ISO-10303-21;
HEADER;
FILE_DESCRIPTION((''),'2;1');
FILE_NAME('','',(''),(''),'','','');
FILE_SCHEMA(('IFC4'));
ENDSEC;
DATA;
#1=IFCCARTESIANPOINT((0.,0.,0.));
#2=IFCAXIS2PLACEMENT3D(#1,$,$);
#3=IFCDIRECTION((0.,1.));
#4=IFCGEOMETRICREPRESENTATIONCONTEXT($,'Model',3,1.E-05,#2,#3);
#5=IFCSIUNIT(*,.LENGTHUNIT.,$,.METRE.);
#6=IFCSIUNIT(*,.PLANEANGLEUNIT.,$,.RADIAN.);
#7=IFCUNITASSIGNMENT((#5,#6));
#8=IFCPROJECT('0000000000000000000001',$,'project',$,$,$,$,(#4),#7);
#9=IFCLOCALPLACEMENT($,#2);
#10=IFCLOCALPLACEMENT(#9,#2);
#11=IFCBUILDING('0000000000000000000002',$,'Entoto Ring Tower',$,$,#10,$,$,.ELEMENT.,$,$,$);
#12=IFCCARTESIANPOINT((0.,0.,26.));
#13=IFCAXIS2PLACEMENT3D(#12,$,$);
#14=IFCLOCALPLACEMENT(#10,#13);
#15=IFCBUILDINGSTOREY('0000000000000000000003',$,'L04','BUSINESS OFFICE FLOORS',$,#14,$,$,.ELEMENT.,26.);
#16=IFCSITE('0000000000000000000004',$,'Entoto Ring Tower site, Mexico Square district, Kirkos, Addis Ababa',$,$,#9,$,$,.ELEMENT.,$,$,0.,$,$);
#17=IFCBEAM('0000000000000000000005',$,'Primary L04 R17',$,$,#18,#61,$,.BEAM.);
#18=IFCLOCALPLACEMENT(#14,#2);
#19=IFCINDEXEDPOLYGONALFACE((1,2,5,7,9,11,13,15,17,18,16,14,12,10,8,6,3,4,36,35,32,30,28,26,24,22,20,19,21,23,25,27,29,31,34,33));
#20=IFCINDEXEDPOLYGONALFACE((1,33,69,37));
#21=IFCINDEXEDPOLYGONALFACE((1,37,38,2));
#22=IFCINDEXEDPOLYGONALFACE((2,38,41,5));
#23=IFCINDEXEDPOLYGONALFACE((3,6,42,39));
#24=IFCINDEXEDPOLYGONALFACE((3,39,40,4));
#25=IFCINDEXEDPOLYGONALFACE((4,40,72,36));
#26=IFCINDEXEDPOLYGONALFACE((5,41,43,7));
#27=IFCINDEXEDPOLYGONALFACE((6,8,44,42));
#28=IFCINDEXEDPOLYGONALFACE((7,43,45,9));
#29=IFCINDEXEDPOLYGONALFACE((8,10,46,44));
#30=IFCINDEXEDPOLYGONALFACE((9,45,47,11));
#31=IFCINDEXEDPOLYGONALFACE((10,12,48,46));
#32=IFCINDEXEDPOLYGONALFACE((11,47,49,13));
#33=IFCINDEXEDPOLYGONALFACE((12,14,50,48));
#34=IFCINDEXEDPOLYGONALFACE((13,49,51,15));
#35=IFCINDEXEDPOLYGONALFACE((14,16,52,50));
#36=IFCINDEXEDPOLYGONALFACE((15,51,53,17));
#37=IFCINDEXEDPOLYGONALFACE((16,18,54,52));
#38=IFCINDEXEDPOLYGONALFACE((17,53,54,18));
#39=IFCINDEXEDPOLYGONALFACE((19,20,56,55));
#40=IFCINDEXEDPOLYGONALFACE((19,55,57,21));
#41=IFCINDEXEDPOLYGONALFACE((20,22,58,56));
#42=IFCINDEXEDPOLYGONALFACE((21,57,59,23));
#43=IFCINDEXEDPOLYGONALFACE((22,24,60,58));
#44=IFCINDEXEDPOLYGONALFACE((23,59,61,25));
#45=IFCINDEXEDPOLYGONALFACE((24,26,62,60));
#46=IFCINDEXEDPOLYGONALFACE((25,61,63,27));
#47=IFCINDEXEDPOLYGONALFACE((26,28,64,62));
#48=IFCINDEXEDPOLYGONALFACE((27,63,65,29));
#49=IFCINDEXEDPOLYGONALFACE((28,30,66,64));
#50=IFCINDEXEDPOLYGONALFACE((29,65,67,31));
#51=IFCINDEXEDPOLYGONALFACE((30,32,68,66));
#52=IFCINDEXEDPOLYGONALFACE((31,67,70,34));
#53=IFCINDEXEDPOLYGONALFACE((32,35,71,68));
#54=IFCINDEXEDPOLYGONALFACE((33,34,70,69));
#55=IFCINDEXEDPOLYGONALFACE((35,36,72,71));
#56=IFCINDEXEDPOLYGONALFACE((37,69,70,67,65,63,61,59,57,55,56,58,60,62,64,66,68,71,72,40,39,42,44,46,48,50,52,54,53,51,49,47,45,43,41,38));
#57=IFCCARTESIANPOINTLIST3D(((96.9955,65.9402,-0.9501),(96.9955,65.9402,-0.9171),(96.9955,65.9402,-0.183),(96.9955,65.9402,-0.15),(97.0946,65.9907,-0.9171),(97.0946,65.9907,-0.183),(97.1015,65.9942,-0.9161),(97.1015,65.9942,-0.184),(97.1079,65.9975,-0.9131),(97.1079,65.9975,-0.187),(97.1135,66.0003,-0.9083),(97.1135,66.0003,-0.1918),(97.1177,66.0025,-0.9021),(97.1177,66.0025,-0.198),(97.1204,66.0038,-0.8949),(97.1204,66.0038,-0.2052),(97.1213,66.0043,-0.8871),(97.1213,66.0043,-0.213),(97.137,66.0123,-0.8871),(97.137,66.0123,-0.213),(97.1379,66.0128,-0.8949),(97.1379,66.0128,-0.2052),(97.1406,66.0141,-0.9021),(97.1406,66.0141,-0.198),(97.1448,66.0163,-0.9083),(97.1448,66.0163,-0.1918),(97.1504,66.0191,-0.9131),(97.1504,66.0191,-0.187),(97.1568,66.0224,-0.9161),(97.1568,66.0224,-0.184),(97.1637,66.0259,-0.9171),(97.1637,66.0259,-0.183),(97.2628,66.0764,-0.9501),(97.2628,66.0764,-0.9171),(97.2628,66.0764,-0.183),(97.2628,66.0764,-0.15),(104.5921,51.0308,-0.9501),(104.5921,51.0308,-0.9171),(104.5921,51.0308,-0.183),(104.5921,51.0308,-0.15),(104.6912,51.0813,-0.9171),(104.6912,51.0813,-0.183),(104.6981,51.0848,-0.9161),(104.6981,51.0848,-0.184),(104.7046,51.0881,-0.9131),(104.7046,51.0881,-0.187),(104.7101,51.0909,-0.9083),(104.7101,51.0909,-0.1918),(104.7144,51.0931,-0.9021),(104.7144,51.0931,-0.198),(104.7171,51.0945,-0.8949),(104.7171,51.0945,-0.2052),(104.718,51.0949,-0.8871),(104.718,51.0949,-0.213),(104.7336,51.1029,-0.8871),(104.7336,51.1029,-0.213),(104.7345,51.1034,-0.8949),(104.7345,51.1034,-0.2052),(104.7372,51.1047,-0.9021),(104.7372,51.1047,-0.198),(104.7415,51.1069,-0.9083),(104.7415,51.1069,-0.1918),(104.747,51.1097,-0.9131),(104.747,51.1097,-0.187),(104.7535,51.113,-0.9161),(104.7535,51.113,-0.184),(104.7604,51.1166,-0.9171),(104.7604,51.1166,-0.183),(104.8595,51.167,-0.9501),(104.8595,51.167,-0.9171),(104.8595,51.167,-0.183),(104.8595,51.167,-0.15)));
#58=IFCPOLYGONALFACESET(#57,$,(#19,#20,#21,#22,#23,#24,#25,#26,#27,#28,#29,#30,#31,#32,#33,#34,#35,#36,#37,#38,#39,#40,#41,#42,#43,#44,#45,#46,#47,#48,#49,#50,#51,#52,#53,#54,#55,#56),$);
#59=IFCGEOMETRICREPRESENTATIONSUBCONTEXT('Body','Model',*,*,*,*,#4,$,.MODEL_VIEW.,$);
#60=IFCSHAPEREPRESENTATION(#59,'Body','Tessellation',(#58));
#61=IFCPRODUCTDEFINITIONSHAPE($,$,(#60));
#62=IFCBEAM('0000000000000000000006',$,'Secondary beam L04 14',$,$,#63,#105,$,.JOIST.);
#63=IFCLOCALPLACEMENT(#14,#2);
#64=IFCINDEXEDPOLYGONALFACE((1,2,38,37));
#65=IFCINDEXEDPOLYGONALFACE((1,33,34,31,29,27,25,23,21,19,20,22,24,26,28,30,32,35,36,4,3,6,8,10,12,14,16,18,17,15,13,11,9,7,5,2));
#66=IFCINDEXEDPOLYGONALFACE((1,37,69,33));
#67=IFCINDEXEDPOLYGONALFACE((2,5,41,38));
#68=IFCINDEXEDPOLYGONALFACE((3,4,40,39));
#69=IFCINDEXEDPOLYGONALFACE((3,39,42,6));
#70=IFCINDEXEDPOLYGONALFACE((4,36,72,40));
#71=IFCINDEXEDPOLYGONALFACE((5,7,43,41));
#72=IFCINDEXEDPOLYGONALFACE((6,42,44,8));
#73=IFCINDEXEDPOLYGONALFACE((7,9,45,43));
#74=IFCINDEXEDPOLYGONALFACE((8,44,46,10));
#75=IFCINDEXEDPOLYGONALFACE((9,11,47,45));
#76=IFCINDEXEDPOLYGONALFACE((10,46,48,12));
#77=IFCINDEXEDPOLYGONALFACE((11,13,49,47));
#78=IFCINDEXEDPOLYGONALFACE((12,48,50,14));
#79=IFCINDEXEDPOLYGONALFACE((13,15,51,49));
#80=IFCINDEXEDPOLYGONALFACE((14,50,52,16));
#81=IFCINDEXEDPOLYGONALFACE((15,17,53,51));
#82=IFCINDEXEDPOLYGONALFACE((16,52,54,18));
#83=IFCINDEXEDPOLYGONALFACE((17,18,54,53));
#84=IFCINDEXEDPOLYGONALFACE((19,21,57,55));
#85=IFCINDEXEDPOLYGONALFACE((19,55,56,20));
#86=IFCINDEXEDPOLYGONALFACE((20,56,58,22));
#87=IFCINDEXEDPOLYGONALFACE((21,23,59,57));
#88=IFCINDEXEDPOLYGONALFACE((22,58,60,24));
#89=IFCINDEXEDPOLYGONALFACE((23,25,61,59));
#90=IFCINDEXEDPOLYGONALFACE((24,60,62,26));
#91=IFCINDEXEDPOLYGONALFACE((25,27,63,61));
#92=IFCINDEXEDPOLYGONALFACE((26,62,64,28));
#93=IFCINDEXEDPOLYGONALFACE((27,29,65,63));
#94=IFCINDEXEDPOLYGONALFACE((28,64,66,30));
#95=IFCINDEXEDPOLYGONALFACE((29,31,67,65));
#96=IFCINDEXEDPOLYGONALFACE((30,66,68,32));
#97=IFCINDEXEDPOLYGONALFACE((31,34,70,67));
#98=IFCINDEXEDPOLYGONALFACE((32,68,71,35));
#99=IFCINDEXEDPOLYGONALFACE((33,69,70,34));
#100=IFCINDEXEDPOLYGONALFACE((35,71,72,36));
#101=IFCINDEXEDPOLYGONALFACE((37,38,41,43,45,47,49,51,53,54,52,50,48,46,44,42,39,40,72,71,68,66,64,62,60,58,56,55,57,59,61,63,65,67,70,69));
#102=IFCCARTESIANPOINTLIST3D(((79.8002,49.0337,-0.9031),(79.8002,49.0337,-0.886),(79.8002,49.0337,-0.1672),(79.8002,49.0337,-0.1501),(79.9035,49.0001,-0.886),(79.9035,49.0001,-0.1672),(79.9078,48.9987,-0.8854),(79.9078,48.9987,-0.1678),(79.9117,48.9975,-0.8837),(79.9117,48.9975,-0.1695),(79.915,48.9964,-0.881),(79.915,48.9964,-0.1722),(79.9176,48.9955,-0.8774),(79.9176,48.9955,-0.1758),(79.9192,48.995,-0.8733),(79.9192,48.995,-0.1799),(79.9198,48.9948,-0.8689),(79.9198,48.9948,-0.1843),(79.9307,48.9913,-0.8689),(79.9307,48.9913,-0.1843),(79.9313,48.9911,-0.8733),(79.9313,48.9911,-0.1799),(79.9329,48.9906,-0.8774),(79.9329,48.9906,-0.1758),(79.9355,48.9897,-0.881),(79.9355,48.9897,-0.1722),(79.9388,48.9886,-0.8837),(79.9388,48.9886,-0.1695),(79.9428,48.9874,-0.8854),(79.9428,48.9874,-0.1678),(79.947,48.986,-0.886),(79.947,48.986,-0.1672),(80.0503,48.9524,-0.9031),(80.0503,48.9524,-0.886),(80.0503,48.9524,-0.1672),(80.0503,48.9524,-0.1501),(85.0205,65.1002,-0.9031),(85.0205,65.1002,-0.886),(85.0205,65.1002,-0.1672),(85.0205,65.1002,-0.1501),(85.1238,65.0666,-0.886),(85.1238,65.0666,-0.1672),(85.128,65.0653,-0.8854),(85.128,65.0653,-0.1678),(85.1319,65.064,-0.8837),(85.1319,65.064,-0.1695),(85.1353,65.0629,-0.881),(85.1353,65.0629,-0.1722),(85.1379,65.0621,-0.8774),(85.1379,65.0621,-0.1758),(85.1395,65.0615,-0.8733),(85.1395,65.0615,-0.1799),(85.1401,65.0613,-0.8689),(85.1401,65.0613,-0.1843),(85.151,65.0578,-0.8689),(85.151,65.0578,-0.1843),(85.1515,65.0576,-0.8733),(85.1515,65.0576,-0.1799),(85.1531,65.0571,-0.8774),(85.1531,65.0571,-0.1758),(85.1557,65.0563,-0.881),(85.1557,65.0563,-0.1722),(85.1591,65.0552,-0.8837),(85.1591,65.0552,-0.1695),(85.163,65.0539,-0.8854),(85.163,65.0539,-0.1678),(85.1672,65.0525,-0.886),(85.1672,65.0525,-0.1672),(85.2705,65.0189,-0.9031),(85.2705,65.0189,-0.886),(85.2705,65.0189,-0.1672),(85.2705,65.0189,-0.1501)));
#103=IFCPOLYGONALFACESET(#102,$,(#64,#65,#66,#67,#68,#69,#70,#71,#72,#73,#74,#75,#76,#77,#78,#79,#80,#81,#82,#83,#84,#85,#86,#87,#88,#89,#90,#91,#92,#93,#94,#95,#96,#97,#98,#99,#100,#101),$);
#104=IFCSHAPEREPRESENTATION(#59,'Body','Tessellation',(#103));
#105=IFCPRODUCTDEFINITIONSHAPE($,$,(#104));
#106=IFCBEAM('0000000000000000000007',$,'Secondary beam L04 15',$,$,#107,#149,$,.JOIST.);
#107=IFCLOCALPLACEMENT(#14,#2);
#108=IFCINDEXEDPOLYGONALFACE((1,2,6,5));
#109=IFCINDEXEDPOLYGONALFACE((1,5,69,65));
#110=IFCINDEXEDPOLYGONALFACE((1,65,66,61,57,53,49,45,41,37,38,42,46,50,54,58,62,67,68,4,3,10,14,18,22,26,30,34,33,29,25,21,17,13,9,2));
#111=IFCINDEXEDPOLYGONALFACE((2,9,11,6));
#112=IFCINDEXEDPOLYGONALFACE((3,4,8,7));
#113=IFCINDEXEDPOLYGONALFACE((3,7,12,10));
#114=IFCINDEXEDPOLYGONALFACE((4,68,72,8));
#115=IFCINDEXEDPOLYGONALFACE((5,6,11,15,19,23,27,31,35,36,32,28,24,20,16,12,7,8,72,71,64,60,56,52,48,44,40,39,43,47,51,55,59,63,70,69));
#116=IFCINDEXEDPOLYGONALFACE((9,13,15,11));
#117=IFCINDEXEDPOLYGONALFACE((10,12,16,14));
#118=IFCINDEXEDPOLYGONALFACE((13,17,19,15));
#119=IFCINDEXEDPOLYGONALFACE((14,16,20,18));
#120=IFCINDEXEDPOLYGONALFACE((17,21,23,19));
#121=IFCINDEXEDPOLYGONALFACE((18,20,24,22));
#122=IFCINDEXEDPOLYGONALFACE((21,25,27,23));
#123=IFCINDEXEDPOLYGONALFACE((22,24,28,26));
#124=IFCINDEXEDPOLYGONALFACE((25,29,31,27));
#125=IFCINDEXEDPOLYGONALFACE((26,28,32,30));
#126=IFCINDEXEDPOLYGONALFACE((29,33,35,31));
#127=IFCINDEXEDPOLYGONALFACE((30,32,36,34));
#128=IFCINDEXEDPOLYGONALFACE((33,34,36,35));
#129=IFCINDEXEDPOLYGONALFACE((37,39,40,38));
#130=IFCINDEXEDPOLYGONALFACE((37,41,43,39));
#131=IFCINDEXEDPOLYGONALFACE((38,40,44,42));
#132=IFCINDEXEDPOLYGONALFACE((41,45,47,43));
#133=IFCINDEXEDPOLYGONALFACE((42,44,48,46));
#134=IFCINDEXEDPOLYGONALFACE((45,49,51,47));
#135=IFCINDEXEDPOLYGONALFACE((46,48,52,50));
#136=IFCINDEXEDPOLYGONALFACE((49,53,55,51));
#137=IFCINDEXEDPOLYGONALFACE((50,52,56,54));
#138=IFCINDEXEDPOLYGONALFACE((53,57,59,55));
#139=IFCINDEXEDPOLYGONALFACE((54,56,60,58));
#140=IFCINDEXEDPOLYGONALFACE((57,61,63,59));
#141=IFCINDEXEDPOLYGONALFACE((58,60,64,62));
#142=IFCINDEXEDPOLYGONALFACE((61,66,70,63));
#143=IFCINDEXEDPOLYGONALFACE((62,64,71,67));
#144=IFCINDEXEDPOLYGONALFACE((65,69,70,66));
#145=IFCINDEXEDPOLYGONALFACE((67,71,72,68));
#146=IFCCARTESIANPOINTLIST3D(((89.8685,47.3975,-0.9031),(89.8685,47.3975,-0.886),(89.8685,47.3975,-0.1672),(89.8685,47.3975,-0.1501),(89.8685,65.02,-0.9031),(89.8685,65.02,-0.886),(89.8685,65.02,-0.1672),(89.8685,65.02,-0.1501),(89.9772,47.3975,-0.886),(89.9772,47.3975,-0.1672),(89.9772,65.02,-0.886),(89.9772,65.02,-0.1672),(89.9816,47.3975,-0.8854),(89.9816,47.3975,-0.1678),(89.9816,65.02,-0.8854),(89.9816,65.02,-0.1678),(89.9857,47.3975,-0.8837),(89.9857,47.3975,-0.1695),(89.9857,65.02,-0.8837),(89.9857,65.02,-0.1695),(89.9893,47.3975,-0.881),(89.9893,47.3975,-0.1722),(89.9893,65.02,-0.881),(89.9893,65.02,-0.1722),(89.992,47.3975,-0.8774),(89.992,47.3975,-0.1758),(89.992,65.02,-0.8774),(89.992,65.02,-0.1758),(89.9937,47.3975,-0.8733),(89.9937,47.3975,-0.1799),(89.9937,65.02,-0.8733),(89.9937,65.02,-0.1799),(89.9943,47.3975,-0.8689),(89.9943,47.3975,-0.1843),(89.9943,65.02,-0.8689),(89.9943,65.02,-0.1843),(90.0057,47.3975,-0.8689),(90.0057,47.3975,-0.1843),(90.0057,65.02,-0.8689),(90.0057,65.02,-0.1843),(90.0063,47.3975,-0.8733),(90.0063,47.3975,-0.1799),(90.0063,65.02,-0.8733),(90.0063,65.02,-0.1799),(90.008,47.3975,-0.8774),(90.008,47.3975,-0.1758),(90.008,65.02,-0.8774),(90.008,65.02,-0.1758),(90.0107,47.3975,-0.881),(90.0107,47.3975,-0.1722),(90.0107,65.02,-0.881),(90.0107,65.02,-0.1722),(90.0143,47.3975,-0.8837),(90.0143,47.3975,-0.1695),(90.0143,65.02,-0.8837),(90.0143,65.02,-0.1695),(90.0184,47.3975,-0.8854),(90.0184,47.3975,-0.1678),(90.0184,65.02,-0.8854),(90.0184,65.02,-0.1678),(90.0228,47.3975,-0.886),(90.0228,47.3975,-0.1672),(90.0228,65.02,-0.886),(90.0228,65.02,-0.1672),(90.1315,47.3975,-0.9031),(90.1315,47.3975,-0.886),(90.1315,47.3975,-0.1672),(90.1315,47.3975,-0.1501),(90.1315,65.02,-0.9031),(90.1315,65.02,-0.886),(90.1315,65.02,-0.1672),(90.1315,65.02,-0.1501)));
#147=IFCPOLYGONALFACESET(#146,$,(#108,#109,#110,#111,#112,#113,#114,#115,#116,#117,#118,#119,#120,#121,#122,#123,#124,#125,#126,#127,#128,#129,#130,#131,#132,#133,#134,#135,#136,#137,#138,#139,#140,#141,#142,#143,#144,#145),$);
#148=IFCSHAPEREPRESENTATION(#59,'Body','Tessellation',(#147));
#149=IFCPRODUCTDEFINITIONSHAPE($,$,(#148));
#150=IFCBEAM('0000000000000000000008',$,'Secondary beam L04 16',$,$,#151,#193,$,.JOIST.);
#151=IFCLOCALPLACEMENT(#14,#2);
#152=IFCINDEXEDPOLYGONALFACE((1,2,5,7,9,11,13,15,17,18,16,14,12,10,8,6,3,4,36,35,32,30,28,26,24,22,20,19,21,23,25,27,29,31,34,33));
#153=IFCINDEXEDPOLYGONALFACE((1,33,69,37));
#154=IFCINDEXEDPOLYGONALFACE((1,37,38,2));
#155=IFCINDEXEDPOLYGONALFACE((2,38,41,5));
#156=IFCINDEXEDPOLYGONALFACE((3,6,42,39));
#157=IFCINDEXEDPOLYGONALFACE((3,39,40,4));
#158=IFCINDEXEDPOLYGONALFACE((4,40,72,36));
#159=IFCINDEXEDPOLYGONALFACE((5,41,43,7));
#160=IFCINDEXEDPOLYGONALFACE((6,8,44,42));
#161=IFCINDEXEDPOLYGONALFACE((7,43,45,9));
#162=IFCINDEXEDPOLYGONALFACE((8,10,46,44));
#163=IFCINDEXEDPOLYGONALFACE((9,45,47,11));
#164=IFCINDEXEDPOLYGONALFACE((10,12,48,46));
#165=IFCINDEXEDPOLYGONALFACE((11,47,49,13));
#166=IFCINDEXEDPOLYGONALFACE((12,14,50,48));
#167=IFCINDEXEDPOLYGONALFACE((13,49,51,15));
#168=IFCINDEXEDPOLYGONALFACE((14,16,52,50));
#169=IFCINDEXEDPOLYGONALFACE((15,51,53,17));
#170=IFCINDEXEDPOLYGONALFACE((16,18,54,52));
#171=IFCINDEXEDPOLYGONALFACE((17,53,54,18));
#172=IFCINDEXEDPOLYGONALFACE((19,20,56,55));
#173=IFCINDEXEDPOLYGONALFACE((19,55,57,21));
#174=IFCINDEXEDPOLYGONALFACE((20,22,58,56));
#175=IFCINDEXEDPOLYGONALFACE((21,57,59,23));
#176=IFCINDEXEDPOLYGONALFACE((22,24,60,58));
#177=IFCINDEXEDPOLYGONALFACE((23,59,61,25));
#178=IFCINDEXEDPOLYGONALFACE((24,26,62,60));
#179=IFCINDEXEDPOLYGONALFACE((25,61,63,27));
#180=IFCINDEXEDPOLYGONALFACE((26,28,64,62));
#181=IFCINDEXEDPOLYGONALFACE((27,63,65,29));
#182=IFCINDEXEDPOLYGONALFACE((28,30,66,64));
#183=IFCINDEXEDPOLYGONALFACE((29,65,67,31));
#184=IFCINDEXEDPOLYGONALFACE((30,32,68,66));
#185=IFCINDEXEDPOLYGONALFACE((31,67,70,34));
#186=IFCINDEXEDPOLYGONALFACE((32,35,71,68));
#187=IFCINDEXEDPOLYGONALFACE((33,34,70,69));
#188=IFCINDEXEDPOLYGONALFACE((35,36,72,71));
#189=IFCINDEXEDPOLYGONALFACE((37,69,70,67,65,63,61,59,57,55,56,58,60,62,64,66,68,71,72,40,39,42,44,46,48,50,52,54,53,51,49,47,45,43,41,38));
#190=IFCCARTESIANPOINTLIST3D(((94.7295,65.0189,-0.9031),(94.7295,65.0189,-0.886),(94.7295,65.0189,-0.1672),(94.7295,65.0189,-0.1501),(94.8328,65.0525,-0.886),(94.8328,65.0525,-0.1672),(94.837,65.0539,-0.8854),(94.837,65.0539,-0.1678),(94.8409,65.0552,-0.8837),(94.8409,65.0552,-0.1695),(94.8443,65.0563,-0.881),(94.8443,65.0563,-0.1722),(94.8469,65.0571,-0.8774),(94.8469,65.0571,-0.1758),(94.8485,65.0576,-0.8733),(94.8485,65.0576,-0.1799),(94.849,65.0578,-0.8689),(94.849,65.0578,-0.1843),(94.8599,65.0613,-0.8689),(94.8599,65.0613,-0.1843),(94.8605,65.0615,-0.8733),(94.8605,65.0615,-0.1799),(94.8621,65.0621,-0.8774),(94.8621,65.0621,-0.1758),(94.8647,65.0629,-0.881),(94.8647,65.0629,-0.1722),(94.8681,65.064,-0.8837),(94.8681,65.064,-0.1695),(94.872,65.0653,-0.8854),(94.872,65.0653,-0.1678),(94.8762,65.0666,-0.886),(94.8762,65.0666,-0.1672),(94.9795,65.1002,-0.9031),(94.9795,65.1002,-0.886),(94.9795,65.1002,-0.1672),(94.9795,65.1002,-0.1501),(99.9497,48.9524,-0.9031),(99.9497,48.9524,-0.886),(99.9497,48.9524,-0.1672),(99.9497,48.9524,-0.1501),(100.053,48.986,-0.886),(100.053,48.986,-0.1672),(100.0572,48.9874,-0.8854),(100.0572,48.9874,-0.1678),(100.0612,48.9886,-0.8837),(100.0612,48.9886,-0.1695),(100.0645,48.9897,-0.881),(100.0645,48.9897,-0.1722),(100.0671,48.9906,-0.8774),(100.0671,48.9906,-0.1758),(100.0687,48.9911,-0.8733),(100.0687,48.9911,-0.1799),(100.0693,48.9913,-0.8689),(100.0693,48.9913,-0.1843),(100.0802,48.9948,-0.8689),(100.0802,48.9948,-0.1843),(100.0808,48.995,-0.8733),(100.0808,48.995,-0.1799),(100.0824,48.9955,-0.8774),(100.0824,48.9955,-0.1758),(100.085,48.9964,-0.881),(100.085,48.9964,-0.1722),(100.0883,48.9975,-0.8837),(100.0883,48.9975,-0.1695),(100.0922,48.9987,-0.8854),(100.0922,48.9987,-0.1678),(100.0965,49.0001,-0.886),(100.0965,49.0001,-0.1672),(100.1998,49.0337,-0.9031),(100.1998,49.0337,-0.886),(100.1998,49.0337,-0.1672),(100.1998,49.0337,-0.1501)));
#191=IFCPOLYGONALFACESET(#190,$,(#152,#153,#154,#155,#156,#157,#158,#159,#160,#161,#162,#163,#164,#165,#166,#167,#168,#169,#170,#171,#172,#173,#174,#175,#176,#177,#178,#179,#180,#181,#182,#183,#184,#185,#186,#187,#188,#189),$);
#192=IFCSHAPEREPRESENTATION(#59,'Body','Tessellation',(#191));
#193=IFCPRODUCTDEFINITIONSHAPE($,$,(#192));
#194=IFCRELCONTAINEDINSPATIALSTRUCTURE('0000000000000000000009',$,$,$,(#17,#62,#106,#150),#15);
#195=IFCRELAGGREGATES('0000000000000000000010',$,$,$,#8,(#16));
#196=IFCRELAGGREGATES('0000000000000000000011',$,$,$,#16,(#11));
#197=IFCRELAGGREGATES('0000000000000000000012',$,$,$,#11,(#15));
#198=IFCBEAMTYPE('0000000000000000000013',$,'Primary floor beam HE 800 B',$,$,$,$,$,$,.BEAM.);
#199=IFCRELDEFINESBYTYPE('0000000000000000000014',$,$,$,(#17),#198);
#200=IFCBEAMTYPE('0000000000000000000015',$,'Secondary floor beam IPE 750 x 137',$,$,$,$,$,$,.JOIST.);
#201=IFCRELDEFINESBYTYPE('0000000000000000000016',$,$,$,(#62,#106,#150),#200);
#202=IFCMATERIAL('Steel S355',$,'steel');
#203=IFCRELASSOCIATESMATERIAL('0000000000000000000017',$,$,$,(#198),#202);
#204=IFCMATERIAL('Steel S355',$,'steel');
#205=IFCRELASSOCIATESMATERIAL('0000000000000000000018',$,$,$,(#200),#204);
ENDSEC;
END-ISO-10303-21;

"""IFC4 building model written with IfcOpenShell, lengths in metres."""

from ifc_helpers import new_model, si_unit, direction, frame, origin, origin_2d, place, context, subcontext, project, spatial, i_section, extrude, material, material_profile, profile_set, type_object, element, save


model = new_model("IFC4")

# Units and contexts
model_context = context("Model", 3, precision=1e-05, world=origin(), true_north=direction((0.0, 1.0)))
body_context = subcontext(model_context, "Body", "Model", "MODEL_VIEW")
ifc_project = project(units=[si_unit("LENGTHUNIT", "METRE"), si_unit("PLANEANGLEUNIT", "RADIAN")], contexts=[model_context])

# Site, building, storey
site_placement = place(None, origin())
site = spatial("IfcSite", under=ifc_project, at=site_placement, Name="Entoto Ring Tower site, Mexico Square district, Kirkos, Addis Ababa", CompositionType="ELEMENT", RefElevation=0.0)
building_placement = place(site_placement, origin())
building = spatial("IfcBuilding", under=site, at=building_placement, Name="Entoto Ring Tower", CompositionType="ELEMENT")
storey_placement = place(building_placement, frame((0.0, 0.0, 26.0)))
storey = spatial("IfcBuildingStorey", under=building, at=storey_placement, Name="L04", Description="BUSINESS OFFICE FLOORS", CompositionType="ELEMENT", Elevation=26.0)

# Beams
ifc_material_1 = material(Name="Steel S355", Category="steel")
ifc_material_profile_1 = material_profile(ifc_material_1, i_section(OverallWidth=0.3, OverallDepth=0.8, WebThickness=0.0176, FlangeThickness=0.033, FilletRadius=0.03, at=origin_2d()), Name="HE 800 B")
ifc_profile_set_1 = profile_set([ifc_material_profile_1], Name="Steel S355")
beam_type_1 = type_object("IfcBeamType", Name="Primary floor beam HE 800 B", PredefinedType="BEAM", material=ifc_profile_set_1)
beam_1_placement = place(storey_placement, frame((97.1292, 66.0083, -0.55), z_axis=(0.453988, -0.891008, 0.0), x_axis=(0.891008, 0.453988, 0.0)))
element("IfcBeam", 1, at=beam_1_placement, inside=storey, type_object=beam_type_1, Name="Primary L04 R17", PredefinedType="BEAM", context=body_context, shape_type="SweptSolid", body=[
    extrude(i_section(OverallWidth=0.3, OverallDepth=0.8, WebThickness=0.0176, FlangeThickness=0.033, FilletRadius=0.03, at=origin_2d()), origin(), (0.0, 0.0, 1.0), 16.7332),
])
ifc_material_2 = material(Name="Steel S355", Category="steel")
ifc_material_profile_2 = material_profile(ifc_material_2, i_section(OverallWidth=0.2629, OverallDepth=0.7529, WebThickness=0.0115, FlangeThickness=0.0171, FilletRadius=0.0171, at=origin_2d()), Name="IPE 750 x 137")
ifc_profile_set_2 = profile_set([ifc_material_profile_2], Name="Steel S355")
beam_type_2 = type_object("IfcBeamType", Name="Secondary floor beam IPE 750 x 137", PredefinedType="JOIST", material=ifc_profile_set_2)
beam_2_placement = place(storey_placement, frame((85.1455, 65.0596, -0.5266), z_axis=(-0.309013, -0.951058, 0.0), x_axis=(0.951058, -0.309013, 0.0)))
element("IfcBeam", 2, at=beam_2_placement, inside=storey, type_object=beam_type_2, Name="Secondary beam L04 14", PredefinedType="JOIST", context=body_context, shape_type="SweptSolid", body=[
    extrude(i_section(OverallWidth=0.2629, OverallDepth=0.7529, WebThickness=0.0115, FlangeThickness=0.0171, FilletRadius=0.0171, at=origin_2d()), origin(), (0.0, 0.0, 1.0), 16.8933),
])
beam_3_placement = place(storey_placement, frame((90.0, 65.02, -0.5266), z_axis=(0.0, -1.0, 0.0), x_axis=(1.0, 0.0, 0.0)))
element("IfcBeam", 3, at=beam_3_placement, inside=storey, type_object=beam_type_2, Name="Secondary beam L04 15", PredefinedType="JOIST", context=body_context, shape_type="SweptSolid", body=[
    extrude(i_section(OverallWidth=0.2629, OverallDepth=0.7529, WebThickness=0.0115, FlangeThickness=0.0171, FilletRadius=0.0171, at=origin_2d()), origin(), (0.0, 0.0, 1.0), 17.6226),
])
beam_4_placement = place(storey_placement, frame((94.8545, 65.0596, -0.5266), z_axis=(0.309013, -0.951058, 0.0), x_axis=(0.951058, 0.309013, 0.0)))
element("IfcBeam", 4, at=beam_4_placement, inside=storey, type_object=beam_type_2, Name="Secondary beam L04 16", PredefinedType="JOIST", context=body_context, shape_type="SweptSolid", body=[
    extrude(i_section(OverallWidth=0.2629, OverallDepth=0.7529, WebThickness=0.0115, FlangeThickness=0.0171, FilletRadius=0.0171, at=origin_2d()), origin(), (0.0, 0.0, 1.0), 16.8933),
])

save(model, "model.ifc")
